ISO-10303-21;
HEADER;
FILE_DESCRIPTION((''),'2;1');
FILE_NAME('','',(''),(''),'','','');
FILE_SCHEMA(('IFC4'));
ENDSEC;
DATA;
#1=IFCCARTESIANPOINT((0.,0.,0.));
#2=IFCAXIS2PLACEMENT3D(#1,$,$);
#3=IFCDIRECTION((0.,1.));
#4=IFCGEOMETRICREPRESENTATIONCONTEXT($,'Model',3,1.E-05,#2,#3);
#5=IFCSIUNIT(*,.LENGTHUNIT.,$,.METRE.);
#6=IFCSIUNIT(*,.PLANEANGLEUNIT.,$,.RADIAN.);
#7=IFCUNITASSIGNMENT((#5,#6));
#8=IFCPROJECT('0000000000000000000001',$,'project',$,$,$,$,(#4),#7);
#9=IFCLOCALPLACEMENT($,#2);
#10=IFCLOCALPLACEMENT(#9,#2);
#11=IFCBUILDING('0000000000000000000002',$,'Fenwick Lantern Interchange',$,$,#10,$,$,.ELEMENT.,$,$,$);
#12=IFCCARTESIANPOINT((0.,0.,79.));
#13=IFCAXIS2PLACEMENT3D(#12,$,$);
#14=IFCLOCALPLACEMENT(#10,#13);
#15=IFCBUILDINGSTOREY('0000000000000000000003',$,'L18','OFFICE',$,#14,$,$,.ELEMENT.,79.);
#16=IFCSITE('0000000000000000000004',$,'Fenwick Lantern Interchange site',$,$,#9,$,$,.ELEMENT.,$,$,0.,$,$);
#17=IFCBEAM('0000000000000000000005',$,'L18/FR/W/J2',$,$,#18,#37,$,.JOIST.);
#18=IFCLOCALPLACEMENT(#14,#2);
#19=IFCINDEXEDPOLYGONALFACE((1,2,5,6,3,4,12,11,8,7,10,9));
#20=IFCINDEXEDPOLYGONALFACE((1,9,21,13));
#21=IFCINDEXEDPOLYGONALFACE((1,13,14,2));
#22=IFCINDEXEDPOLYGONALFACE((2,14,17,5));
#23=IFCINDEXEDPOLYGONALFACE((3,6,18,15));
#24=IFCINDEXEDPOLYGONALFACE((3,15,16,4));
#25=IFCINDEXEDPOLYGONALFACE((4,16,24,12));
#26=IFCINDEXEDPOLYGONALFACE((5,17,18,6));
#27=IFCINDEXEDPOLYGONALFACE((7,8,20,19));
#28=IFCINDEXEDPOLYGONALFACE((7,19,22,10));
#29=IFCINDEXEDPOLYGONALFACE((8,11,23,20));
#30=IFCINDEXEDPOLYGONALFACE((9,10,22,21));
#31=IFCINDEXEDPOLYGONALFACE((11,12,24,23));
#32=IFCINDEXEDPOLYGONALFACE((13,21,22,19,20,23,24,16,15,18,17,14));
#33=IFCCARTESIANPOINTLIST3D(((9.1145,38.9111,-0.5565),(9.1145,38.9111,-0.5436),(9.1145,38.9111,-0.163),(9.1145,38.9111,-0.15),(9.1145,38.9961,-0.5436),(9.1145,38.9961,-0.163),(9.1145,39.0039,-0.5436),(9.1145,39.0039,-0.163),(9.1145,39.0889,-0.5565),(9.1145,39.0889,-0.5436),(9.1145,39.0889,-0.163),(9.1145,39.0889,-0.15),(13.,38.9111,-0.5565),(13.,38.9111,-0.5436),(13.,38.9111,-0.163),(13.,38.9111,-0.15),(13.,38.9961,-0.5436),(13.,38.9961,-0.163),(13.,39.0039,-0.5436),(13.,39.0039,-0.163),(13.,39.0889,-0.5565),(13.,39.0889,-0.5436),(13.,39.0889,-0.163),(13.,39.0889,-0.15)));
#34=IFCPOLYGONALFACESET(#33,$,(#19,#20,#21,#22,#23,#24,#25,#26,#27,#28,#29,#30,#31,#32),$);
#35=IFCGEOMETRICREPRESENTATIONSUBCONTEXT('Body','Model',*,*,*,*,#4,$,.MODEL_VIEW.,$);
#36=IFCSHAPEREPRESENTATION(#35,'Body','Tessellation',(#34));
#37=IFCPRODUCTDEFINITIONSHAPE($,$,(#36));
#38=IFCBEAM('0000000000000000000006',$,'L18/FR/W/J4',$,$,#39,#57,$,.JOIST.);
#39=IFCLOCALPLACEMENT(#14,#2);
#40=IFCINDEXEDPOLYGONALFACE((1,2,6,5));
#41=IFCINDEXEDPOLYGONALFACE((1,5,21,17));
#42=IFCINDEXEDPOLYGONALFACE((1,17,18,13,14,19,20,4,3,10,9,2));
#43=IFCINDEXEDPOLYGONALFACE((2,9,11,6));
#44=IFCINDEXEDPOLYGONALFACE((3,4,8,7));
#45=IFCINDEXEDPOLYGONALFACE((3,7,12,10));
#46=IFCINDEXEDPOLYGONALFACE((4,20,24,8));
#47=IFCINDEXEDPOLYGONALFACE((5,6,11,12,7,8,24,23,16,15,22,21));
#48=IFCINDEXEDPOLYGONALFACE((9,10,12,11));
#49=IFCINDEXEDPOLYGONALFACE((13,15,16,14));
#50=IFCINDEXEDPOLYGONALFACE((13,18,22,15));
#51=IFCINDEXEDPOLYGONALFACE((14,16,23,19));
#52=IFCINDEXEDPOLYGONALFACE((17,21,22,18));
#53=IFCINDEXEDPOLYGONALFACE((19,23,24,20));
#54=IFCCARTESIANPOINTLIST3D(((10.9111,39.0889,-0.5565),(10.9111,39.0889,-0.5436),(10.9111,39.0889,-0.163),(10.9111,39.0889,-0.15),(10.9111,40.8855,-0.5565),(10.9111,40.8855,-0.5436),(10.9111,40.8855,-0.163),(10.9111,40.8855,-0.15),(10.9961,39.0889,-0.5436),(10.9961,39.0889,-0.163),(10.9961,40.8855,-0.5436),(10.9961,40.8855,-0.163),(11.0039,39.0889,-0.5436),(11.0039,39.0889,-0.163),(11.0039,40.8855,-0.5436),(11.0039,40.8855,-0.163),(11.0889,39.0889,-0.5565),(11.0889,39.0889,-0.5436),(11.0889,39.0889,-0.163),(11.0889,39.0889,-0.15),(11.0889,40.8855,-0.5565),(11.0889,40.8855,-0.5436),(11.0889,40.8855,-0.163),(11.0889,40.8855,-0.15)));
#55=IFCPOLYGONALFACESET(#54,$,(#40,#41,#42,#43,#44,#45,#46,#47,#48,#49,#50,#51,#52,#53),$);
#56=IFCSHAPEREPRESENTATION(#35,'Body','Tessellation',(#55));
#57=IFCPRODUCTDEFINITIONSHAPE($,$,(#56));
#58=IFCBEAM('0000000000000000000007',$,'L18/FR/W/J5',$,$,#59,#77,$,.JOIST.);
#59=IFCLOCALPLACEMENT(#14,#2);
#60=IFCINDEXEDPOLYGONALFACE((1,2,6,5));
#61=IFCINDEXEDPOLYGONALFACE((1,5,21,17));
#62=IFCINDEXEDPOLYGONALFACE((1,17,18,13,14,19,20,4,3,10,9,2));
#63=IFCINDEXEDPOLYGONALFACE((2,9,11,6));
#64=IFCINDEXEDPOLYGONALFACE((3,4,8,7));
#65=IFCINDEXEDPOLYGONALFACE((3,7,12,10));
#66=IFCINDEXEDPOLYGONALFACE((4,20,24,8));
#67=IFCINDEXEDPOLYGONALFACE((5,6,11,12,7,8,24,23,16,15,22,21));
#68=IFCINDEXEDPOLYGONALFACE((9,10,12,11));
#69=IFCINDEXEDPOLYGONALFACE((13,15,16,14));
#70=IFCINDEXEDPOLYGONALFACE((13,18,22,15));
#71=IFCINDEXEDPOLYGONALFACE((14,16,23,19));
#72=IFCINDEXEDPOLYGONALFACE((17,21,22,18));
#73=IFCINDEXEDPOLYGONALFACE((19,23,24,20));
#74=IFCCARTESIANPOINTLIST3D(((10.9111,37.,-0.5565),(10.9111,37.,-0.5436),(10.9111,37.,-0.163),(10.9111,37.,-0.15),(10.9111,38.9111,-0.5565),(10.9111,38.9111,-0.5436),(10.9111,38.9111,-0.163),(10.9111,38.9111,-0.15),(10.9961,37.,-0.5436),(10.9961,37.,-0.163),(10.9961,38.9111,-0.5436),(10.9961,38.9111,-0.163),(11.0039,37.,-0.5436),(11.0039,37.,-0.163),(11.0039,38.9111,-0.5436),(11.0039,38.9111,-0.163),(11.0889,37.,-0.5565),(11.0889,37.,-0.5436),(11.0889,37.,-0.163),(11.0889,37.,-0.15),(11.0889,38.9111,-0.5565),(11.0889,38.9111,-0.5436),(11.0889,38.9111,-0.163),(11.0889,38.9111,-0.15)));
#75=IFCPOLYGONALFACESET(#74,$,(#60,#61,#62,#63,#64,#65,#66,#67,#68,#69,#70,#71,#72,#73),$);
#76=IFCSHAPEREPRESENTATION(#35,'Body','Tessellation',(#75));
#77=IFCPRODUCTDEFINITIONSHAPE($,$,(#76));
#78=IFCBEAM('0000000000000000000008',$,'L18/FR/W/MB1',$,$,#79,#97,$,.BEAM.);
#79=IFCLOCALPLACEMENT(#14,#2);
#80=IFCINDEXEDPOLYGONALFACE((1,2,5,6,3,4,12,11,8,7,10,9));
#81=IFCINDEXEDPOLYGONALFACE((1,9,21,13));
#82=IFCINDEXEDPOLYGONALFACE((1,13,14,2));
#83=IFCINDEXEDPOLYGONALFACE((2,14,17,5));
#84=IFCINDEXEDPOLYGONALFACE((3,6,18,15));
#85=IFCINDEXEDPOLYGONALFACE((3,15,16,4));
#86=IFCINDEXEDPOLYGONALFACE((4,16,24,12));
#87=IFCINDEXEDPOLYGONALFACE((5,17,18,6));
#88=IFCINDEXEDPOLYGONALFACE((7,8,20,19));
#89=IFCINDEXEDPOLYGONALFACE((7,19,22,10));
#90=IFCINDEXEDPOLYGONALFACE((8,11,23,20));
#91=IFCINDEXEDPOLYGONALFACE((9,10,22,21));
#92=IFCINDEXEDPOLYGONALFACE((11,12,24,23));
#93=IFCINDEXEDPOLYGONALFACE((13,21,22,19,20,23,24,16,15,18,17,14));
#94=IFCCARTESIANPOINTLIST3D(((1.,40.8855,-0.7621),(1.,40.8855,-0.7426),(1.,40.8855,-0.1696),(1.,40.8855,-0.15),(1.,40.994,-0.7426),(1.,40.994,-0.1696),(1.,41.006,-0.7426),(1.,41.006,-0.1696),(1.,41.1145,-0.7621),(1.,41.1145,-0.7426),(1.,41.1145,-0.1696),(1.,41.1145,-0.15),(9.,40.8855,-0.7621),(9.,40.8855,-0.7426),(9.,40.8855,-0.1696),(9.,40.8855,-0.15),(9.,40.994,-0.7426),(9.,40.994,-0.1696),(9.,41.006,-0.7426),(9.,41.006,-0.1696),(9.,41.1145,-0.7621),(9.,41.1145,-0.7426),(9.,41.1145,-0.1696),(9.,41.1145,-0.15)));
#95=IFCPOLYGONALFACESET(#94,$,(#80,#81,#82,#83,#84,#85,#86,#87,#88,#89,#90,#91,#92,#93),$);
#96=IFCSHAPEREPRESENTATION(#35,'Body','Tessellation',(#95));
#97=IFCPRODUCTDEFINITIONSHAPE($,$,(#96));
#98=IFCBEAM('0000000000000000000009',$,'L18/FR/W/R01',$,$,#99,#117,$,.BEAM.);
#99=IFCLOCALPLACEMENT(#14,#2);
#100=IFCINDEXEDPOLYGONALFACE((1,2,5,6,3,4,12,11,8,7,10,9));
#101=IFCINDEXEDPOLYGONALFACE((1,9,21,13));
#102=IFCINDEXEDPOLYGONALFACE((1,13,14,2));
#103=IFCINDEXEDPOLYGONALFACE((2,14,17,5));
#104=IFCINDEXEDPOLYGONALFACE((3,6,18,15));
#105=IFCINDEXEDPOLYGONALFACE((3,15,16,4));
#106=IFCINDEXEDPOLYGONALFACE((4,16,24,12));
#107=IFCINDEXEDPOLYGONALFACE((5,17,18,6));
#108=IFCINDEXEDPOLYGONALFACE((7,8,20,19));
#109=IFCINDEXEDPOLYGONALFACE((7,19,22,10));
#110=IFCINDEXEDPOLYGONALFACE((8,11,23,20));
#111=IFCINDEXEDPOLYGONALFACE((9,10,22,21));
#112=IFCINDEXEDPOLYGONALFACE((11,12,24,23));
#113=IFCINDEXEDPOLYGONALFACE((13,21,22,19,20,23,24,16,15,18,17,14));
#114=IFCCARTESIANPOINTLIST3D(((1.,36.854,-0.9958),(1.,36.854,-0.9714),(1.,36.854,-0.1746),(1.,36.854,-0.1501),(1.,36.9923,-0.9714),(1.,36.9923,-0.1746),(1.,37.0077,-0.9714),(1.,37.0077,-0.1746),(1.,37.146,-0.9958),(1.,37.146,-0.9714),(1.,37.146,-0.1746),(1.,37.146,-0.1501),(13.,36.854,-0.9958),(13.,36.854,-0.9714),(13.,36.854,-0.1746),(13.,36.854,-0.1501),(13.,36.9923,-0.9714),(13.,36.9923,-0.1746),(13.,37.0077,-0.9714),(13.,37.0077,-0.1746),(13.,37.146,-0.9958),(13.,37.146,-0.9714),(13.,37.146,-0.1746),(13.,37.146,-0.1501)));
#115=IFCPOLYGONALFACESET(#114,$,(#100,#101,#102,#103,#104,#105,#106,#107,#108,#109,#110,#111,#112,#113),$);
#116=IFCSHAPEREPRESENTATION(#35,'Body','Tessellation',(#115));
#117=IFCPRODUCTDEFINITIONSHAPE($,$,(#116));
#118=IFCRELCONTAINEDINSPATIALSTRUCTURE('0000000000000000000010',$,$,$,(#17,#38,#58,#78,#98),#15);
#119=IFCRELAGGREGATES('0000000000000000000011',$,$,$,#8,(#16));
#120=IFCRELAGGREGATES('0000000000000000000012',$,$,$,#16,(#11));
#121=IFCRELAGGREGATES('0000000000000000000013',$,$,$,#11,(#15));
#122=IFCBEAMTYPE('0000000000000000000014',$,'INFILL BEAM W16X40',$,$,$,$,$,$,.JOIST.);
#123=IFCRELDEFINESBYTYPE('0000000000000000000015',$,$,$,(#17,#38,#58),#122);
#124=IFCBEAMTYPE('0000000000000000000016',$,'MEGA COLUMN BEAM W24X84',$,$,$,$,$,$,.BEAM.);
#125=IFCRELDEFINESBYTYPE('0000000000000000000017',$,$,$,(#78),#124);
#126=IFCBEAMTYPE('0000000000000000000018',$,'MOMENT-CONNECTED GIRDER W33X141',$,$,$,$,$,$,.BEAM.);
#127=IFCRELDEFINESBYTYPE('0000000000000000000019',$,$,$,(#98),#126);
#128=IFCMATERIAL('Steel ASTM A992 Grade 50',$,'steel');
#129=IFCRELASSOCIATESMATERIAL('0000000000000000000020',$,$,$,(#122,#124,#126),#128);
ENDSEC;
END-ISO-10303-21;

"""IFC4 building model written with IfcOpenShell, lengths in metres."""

from ifc_helpers import new_model, si_unit, direction, frame, origin, origin_2d, place, context, subcontext, project, spatial, i_section, extrude, material, material_profile, profile_set, type_object, element, save


model = new_model("IFC4")

# Units and contexts
model_context = context("Model", 3, precision=1e-05, world=origin(), true_north=direction((0.0, 1.0)))
body_context = subcontext(model_context, "Body", "Model", "MODEL_VIEW")
ifc_project = project(units=[si_unit("LENGTHUNIT", "METRE"), si_unit("PLANEANGLEUNIT", "RADIAN")], contexts=[model_context])

# Site, building, storey
site_placement = place(None, origin())
site = spatial("IfcSite", under=ifc_project, at=site_placement, Name="Fenwick Lantern Interchange site", CompositionType="ELEMENT", RefElevation=0.0)
building_placement = place(site_placement, origin())
building = spatial("IfcBuilding", under=site, at=building_placement, Name="Fenwick Lantern Interchange", CompositionType="ELEMENT")
storey_placement = place(building_placement, frame((0.0, 0.0, 79.0)))
storey = spatial("IfcBuildingStorey", under=building, at=storey_placement, Name="L18", Description="OFFICE", CompositionType="ELEMENT", Elevation=79.0)

# Shared definitions
ifc_material_1 = material(Name="Steel ASTM A992 Grade 50", Category="steel")

# Beams
ifc_material_profile_1 = material_profile(ifc_material_1, i_section(OverallWidth=0.1777, OverallDepth=0.4065, WebThickness=0.0078, FlangeThickness=0.0129, at=origin_2d()), Name="W16X40")
ifc_profile_set_1 = profile_set([ifc_material_profile_1], Name="Steel ASTM A992 Grade 50")
beam_type_1 = type_object("IfcBeamType", Name="INFILL BEAM W16X40", PredefinedType="JOIST", material=ifc_profile_set_1)
beam_1_placement = place(storey_placement, frame((9.1145, 39.0, -0.3533), z_axis=(1.0, 0.0, 0.0), x_axis=(0.0, 1.0, 0.0)))
element("IfcBeam", 1, at=beam_1_placement, inside=storey, type_object=beam_type_1, Name="L18/FR/W/J2", PredefinedType="JOIST", context=body_context, shape_type="SweptSolid", body=[
    extrude(i_section(OverallWidth=0.1777, OverallDepth=0.4065, WebThickness=0.0078, FlangeThickness=0.0129, at=origin_2d()), origin(), (0.0, 0.0, 1.0), 3.8855),
])
beam_2_placement = place(storey_placement, frame((11.0, 40.8855, -0.3533), z_axis=(0.0, -1.0, 0.0), x_axis=(1.0, 0.0, 0.0)))
element("IfcBeam", 2, at=beam_2_placement, inside=storey, type_object=beam_type_1, Name="L18/FR/W/J4", PredefinedType="JOIST", context=body_context, shape_type="SweptSolid", body=[
    extrude(i_section(OverallWidth=0.1777, OverallDepth=0.4065, WebThickness=0.0078, FlangeThickness=0.0129, at=origin_2d()), origin(), (0.0, 0.0, 1.0), 1.7966),
])
beam_3_placement = place(storey_placement, frame((11.0, 38.9111, -0.3533), z_axis=(0.0, -1.0, 0.0), x_axis=(1.0, 0.0, 0.0)))
element("IfcBeam", 3, at=beam_3_placement, inside=storey, type_object=beam_type_1, Name="L18/FR/W/J5", PredefinedType="JOIST", context=body_context, shape_type="SweptSolid", body=[
    extrude(i_section(OverallWidth=0.1777, OverallDepth=0.4065, WebThickness=0.0078, FlangeThickness=0.0129, at=origin_2d()), origin(), (0.0, 0.0, 1.0), 1.9111),
])
ifc_material_profile_2 = material_profile(ifc_material_1, i_section(OverallWidth=0.229, OverallDepth=0.6121, WebThickness=0.012, FlangeThickness=0.0195, at=origin_2d()), Name="W24X84")
ifc_profile_set_2 = profile_set([ifc_material_profile_2], Name="Steel ASTM A992 Grade 50")
beam_type_2 = type_object("IfcBeamType", Name="MEGA COLUMN BEAM W24X84", PredefinedType="BEAM", material=ifc_profile_set_2)
beam_4_placement = place(storey_placement, frame((9.0, 41.0, -0.4561), z_axis=(-1.0, 0.0, 0.0), x_axis=(0.0, -1.0, 0.0)))
element("IfcBeam", 4, at=beam_4_placement, inside=storey, type_object=beam_type_2, Name="L18/FR/W/MB1", PredefinedType="BEAM", context=body_context, shape_type="SweptSolid", body=[
    extrude(i_section(OverallWidth=0.229, OverallDepth=0.6121, WebThickness=0.012, FlangeThickness=0.0195, at=origin_2d()), origin(), (0.0, 0.0, 1.0), 8.0),
])
ifc_material_profile_3 = material_profile(ifc_material_1, i_section(OverallWidth=0.292, OverallDepth=0.8457, WebThickness=0.0154, FlangeThickness=0.0244, at=origin_2d()), Name="W33X141")
ifc_profile_set_3 = profile_set([ifc_material_profile_3], Name="Steel ASTM A992 Grade 50")
beam_type_3 = type_object("IfcBeamType", Name="MOMENT-CONNECTED GIRDER W33X141", PredefinedType="BEAM", material=ifc_profile_set_3)
beam_5_placement = place(storey_placement, frame((1.0, 37.0, -0.573), z_axis=(1.0, 0.0, 0.0), x_axis=(0.0, 1.0, 0.0)))
element("IfcBeam", 5, at=beam_5_placement, inside=storey, type_object=beam_type_3, Name="L18/FR/W/R01", PredefinedType="BEAM", context=body_context, shape_type="SweptSolid", body=[
    extrude(i_section(OverallWidth=0.292, OverallDepth=0.8457, WebThickness=0.0154, FlangeThickness=0.0244, at=origin_2d()), origin(), (0.0, 0.0, 1.0), 12.0),
])

save(model, "model.ifc")
